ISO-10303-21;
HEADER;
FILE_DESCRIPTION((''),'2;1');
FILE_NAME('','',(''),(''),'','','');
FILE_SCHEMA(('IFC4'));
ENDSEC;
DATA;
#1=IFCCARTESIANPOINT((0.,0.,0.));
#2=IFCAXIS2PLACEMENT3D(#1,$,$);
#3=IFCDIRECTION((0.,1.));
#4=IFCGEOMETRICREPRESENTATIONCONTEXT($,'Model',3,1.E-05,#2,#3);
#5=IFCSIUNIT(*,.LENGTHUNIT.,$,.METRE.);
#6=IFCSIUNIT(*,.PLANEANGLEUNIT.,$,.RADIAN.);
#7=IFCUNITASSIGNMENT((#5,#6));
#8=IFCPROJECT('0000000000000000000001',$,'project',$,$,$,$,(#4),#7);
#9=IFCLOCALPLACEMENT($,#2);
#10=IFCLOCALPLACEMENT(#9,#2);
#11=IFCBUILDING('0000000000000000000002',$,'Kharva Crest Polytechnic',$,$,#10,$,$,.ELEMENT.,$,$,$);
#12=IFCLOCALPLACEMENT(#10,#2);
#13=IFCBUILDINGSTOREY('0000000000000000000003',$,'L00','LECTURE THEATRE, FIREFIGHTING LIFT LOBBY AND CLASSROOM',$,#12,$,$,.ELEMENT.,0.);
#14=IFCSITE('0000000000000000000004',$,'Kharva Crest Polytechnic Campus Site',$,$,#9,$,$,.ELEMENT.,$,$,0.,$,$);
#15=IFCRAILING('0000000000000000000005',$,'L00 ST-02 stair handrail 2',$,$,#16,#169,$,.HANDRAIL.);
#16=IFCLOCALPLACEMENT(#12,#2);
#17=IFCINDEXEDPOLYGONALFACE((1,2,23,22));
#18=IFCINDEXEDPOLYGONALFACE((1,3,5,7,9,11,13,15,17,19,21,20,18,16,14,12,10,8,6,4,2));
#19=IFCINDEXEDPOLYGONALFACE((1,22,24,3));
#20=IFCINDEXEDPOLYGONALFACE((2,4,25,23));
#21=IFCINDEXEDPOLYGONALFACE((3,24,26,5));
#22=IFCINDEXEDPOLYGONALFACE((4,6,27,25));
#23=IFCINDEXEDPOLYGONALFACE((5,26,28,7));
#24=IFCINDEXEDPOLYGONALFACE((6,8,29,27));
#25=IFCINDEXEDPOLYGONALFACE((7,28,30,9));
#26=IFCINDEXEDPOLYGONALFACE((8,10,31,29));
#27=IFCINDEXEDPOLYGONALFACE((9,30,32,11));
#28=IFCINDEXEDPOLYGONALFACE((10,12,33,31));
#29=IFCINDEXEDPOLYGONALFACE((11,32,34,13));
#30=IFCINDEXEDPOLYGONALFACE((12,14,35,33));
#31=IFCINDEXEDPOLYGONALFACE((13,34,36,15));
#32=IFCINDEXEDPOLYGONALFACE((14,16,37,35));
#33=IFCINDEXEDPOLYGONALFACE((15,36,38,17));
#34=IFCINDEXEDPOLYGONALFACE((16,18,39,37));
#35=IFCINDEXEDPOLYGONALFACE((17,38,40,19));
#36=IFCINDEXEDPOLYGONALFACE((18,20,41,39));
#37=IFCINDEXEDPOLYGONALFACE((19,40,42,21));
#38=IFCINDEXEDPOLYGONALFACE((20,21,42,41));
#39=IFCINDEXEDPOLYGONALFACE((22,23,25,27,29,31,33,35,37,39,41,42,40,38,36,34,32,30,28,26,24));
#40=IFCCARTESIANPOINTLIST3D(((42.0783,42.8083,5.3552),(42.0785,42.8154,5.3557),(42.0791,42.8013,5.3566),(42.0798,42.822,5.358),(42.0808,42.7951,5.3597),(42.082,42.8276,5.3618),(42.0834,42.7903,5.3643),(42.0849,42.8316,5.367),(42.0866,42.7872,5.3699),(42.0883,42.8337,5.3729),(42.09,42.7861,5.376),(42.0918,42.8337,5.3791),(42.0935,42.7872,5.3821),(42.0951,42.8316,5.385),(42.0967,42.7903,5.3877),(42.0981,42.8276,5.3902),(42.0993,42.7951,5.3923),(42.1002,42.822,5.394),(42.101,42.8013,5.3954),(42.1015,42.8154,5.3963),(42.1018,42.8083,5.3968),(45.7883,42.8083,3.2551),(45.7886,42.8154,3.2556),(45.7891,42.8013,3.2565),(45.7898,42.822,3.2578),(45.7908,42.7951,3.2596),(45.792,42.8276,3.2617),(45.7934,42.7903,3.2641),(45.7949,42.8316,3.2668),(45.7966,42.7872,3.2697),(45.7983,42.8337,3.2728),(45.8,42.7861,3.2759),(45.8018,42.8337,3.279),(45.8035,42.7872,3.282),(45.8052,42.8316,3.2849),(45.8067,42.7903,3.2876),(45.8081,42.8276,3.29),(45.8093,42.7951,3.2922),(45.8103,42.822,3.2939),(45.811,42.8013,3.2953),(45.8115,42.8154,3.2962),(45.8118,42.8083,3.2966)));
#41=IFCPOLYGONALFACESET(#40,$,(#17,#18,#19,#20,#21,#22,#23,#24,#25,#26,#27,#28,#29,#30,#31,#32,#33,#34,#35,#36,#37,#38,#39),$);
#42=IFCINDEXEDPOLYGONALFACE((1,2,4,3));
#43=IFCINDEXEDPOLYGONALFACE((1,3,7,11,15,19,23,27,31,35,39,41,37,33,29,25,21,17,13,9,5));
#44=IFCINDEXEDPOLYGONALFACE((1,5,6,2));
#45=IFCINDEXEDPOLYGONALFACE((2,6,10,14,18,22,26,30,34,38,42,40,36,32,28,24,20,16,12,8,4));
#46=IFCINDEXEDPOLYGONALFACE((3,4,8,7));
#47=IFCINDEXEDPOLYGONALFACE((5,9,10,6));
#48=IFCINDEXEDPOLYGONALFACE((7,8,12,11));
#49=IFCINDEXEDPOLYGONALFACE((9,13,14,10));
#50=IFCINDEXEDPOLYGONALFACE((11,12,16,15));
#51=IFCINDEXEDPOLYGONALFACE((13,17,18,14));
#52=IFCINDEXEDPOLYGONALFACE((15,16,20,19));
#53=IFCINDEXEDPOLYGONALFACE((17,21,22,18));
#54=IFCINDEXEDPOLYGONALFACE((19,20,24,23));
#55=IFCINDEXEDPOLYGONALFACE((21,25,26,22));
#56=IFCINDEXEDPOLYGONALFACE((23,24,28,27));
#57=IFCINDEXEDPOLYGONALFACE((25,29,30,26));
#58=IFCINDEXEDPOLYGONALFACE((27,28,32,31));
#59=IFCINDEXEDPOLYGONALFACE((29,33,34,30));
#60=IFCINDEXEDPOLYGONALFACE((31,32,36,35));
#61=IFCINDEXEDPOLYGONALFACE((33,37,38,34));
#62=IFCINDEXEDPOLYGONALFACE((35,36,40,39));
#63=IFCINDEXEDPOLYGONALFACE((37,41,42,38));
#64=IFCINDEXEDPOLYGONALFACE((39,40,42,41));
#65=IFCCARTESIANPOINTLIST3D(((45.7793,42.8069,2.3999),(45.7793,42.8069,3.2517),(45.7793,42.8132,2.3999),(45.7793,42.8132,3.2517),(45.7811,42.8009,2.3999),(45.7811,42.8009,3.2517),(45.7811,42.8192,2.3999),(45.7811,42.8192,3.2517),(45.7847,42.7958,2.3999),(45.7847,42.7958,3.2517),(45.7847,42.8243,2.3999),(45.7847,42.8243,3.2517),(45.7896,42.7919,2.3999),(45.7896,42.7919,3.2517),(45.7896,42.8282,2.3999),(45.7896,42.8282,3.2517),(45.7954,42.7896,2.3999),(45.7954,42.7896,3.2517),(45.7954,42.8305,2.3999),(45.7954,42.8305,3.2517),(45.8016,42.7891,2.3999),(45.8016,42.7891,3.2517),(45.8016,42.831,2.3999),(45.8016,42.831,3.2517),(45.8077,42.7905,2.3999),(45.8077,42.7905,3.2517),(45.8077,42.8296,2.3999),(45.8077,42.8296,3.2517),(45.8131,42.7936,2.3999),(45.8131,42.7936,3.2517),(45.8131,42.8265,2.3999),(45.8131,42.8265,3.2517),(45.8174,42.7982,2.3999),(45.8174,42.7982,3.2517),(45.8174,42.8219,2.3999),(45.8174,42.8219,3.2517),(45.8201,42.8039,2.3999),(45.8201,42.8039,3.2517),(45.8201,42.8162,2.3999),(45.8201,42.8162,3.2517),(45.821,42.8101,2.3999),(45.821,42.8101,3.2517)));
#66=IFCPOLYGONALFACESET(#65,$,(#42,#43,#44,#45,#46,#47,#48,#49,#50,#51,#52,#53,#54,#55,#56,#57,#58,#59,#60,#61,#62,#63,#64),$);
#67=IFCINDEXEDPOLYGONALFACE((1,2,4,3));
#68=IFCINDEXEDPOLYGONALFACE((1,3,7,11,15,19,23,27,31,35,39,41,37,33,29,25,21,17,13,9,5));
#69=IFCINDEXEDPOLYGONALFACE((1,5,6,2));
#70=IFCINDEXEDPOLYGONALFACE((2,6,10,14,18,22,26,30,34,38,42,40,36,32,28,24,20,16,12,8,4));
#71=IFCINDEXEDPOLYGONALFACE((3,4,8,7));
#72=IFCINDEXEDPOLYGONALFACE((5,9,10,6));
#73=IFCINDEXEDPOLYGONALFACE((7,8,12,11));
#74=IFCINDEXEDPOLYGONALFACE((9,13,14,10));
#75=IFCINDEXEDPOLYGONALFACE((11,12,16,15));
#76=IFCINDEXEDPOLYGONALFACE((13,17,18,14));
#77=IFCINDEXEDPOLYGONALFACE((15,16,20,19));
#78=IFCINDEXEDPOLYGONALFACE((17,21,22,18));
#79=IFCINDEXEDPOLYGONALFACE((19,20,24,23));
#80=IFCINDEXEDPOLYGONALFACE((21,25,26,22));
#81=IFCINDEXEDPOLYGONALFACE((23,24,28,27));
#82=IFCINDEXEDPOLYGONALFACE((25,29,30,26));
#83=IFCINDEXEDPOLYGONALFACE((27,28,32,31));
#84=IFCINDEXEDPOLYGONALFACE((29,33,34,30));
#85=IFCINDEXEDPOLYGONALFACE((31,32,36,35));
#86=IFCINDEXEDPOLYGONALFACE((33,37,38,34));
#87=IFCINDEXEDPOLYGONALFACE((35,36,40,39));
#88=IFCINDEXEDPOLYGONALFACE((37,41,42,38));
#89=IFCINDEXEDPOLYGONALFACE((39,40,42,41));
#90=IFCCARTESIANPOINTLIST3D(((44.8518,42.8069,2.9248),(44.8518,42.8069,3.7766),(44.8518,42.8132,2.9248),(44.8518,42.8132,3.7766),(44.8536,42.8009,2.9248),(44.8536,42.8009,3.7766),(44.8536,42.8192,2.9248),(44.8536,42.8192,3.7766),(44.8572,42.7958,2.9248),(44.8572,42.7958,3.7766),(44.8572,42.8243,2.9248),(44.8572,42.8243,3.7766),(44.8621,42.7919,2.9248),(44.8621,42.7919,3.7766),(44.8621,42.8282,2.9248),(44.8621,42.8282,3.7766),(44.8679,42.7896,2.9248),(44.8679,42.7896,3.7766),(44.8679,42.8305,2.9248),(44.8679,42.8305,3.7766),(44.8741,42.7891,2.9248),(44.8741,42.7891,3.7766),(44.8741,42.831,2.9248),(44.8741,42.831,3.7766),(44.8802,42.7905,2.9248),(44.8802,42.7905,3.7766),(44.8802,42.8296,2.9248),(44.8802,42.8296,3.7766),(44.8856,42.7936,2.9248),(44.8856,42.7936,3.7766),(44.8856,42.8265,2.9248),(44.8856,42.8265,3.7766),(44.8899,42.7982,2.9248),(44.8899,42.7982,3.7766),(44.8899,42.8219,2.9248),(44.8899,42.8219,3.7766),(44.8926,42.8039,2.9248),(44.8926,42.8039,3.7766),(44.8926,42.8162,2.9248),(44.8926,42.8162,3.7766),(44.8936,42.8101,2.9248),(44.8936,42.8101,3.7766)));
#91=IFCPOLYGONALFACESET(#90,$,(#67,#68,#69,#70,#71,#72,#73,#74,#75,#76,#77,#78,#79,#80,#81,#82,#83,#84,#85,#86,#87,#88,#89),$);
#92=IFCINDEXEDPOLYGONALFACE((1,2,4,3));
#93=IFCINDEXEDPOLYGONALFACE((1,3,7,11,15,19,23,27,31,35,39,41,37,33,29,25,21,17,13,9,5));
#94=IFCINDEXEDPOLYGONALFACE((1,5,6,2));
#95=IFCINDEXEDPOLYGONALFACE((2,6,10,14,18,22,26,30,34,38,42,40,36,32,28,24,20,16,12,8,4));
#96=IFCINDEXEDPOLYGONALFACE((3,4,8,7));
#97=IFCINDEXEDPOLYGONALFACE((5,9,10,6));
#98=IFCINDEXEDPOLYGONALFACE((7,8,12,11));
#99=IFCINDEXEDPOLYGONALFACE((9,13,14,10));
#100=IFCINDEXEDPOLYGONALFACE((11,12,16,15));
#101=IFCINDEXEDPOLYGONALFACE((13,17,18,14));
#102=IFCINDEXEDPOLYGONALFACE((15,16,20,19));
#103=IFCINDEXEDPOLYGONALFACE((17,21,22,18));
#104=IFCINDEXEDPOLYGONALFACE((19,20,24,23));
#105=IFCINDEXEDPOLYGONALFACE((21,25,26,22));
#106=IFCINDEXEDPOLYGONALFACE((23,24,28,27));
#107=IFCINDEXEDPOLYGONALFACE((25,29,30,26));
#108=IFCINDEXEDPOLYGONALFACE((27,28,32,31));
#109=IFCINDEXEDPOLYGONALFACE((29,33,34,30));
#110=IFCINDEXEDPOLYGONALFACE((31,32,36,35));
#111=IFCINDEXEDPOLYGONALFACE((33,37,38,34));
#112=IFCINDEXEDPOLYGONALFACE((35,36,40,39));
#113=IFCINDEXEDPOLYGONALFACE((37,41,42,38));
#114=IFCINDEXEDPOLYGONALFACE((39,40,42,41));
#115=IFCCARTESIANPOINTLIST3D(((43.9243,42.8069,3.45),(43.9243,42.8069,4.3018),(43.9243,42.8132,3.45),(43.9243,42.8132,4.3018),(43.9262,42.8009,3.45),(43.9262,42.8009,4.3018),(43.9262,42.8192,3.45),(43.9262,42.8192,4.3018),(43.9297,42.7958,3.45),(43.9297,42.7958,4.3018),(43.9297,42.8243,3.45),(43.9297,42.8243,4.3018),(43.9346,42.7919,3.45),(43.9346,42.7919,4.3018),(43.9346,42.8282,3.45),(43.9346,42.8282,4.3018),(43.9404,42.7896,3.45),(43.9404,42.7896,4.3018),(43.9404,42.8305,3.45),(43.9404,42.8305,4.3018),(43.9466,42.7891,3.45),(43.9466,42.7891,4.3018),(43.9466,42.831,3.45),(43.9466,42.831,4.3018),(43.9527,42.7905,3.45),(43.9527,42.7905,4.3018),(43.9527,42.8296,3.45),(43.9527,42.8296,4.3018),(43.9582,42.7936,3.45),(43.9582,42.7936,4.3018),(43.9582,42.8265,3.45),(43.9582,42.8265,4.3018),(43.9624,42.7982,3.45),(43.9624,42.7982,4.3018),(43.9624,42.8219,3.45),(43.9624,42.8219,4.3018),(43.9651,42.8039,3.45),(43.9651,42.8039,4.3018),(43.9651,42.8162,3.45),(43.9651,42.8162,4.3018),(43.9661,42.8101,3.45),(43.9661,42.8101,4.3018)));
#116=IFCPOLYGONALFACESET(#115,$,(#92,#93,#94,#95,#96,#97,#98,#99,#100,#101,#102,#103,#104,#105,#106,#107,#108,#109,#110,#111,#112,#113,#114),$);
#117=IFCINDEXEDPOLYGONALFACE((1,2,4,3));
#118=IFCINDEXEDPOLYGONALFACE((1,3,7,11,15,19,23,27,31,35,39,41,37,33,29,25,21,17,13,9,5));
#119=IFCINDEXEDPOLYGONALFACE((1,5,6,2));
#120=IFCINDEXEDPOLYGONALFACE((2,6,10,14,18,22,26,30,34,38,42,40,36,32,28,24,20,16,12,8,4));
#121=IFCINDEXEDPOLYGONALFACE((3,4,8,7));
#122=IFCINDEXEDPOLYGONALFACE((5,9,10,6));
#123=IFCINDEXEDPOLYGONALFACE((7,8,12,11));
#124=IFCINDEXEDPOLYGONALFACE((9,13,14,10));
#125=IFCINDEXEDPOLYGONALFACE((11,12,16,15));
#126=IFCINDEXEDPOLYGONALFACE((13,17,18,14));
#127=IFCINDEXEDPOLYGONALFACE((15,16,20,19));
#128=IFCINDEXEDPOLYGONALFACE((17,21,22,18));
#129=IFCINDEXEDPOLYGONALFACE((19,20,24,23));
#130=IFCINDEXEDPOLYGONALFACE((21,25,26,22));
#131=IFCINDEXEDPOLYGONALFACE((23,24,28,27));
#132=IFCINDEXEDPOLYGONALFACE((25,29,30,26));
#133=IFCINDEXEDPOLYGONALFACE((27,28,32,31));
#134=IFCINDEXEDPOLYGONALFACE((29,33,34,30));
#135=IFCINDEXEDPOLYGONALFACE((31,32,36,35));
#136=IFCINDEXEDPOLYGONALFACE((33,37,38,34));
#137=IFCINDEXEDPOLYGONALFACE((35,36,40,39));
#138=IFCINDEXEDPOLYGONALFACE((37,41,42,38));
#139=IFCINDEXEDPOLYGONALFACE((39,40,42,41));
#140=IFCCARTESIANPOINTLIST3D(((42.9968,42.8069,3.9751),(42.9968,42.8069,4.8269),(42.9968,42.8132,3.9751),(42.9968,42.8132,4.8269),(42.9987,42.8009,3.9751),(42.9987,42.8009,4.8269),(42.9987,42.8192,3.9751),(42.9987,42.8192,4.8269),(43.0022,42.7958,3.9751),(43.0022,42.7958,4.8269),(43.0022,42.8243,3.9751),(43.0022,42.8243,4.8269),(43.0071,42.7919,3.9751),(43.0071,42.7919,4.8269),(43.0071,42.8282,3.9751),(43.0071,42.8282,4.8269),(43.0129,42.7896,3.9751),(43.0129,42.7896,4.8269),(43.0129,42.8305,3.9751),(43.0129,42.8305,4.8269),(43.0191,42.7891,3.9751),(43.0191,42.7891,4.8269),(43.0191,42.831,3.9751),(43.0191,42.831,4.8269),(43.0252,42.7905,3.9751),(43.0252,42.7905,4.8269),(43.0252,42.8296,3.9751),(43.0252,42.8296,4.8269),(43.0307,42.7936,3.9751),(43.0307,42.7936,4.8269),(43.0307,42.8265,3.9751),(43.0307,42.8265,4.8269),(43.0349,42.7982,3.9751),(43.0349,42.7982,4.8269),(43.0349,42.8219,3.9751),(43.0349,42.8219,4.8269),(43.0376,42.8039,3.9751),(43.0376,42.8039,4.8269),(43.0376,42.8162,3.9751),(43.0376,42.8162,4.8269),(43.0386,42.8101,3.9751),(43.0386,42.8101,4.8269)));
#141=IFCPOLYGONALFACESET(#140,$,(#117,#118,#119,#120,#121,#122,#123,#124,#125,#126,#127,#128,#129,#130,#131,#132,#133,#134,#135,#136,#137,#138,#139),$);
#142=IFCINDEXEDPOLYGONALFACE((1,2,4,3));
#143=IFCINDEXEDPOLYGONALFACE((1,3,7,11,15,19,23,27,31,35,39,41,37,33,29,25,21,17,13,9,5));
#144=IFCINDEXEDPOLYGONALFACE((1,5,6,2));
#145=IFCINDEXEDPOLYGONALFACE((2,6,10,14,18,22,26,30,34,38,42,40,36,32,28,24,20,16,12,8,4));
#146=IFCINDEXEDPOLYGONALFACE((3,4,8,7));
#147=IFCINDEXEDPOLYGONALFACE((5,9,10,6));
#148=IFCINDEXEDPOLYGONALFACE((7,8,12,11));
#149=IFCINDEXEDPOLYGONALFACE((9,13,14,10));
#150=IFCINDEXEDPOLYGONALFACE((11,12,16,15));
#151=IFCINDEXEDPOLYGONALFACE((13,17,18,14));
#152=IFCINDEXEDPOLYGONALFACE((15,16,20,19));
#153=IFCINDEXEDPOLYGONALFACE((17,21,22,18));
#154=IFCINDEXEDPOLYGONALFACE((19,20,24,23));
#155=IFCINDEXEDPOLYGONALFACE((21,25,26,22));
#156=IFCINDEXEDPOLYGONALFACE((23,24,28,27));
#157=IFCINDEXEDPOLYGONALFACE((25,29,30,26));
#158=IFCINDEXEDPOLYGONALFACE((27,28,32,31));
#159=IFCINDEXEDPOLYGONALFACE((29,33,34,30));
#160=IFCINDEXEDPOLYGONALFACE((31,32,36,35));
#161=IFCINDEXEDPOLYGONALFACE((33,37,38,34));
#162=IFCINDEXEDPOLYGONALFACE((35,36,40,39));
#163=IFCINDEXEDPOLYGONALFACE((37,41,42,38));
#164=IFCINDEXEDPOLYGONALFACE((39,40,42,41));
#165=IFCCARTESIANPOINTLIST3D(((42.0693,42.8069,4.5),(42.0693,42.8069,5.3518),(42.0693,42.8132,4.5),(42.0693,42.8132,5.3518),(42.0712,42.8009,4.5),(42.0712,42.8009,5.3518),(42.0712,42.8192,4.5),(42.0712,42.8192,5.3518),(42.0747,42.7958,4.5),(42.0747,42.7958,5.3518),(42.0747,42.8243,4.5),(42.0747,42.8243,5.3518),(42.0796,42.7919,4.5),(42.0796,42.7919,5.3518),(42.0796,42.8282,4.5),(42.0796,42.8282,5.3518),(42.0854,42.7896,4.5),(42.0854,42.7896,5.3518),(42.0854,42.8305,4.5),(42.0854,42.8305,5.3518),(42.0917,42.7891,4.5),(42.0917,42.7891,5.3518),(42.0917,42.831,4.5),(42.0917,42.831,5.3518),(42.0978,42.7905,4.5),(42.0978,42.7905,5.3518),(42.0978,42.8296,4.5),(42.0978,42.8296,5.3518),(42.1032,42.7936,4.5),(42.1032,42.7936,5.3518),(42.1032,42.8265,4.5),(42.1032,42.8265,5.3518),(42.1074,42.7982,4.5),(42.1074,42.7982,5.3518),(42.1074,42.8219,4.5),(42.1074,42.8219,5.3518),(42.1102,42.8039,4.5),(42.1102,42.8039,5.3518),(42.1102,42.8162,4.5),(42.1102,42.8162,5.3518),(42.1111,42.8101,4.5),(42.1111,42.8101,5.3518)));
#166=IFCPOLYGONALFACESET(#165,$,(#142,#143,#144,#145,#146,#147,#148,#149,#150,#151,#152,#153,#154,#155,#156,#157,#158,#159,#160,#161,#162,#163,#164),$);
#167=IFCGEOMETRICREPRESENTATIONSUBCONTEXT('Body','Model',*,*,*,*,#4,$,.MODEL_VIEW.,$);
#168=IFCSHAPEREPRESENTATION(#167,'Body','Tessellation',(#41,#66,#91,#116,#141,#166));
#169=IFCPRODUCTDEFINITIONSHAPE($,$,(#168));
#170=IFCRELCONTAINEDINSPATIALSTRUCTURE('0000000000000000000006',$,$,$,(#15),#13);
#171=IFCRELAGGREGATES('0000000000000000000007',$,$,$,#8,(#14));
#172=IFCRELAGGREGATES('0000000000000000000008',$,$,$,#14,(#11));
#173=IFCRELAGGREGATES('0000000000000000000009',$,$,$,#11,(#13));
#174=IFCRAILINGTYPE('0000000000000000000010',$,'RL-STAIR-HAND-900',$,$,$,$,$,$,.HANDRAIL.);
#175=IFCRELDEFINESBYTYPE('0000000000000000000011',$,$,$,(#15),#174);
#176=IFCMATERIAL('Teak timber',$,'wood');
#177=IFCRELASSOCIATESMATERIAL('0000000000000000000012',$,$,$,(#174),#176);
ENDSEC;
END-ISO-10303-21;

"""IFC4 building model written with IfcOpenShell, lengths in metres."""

from ifc_helpers import new_model, si_unit, direction, frame, origin, origin_2d, place, context, subcontext, project, spatial, circle, extrude, material, type_object, element, save


model = new_model("IFC4")

# Units and contexts
model_context = context("Model", 3, precision=1e-05, world=origin(), true_north=direction((0.0, 1.0)))
body_context = subcontext(model_context, "Body", "Model", "MODEL_VIEW")
ifc_project = project(units=[si_unit("LENGTHUNIT", "METRE"), si_unit("PLANEANGLEUNIT", "RADIAN")], contexts=[model_context])

# Site, building, storey
site_placement = place(None, origin())
site = spatial("IfcSite", under=ifc_project, at=site_placement, Name="Kharva Crest Polytechnic Campus Site", CompositionType="ELEMENT", RefElevation=0.0)
building_placement = place(site_placement, origin())
building = spatial("IfcBuilding", under=site, at=building_placement, Name="Kharva Crest Polytechnic", CompositionType="ELEMENT")
storey_placement = place(building_placement, origin())
storey = spatial("IfcBuildingStorey", under=building, at=storey_placement, Name="L00", Description="LECTURE THEATRE, FIREFIGHTING LIFT LOBBY AND CLASSROOM", CompositionType="ELEMENT", Elevation=0.0)

# Shared definitions
ifc_material_1 = material(Name="Teak timber", Category="wood")

# Railing
railing_type_1 = type_object("IfcRailingType", Name="RL-STAIR-HAND-900", PredefinedType="HANDRAIL", material=ifc_material_1)
railing_1_placement = place(storey_placement, frame((45.8, 42.8101, 2.3999)))
element("IfcRailing", 1, at=railing_1_placement, inside=storey, type_object=railing_type_1, Name="L00 ST-02 stair handrail 2", PredefinedType="HANDRAIL", context=body_context, shape_type="SweptSolid", body=[
    extrude(circle(Radius=0.0239, at=origin_2d()), frame((0.0, 0.0, 0.876), z_axis=(-0.870245, 0.0, 0.492619), x_axis=(0.0, -1.0, 0.0)), (0.0, 0.0, 1.0), 4.2632),
    extrude(circle(Radius=0.021, at=origin_2d()), origin(), (0.0, 0.0, 1.0), 0.8518),
    extrude(circle(Radius=0.021, at=origin_2d()), frame((-0.9275, 0.0, 0.5249)), (0.0, 0.0, 1.0), 0.8518),
    extrude(circle(Radius=0.021, at=origin_2d()), frame((-1.855, 0.0, 1.05)), (0.0, 0.0, 1.0), 0.8518),
    extrude(circle(Radius=0.021, at=origin_2d()), frame((-2.7825, 0.0, 1.5752)), (0.0, 0.0, 1.0), 0.8518),
    extrude(circle(Radius=0.021, at=origin_2d()), frame((-3.71, 0.0, 2.1001)), (0.0, 0.0, 1.0), 0.8518),
])

save(model, "model.ifc")
